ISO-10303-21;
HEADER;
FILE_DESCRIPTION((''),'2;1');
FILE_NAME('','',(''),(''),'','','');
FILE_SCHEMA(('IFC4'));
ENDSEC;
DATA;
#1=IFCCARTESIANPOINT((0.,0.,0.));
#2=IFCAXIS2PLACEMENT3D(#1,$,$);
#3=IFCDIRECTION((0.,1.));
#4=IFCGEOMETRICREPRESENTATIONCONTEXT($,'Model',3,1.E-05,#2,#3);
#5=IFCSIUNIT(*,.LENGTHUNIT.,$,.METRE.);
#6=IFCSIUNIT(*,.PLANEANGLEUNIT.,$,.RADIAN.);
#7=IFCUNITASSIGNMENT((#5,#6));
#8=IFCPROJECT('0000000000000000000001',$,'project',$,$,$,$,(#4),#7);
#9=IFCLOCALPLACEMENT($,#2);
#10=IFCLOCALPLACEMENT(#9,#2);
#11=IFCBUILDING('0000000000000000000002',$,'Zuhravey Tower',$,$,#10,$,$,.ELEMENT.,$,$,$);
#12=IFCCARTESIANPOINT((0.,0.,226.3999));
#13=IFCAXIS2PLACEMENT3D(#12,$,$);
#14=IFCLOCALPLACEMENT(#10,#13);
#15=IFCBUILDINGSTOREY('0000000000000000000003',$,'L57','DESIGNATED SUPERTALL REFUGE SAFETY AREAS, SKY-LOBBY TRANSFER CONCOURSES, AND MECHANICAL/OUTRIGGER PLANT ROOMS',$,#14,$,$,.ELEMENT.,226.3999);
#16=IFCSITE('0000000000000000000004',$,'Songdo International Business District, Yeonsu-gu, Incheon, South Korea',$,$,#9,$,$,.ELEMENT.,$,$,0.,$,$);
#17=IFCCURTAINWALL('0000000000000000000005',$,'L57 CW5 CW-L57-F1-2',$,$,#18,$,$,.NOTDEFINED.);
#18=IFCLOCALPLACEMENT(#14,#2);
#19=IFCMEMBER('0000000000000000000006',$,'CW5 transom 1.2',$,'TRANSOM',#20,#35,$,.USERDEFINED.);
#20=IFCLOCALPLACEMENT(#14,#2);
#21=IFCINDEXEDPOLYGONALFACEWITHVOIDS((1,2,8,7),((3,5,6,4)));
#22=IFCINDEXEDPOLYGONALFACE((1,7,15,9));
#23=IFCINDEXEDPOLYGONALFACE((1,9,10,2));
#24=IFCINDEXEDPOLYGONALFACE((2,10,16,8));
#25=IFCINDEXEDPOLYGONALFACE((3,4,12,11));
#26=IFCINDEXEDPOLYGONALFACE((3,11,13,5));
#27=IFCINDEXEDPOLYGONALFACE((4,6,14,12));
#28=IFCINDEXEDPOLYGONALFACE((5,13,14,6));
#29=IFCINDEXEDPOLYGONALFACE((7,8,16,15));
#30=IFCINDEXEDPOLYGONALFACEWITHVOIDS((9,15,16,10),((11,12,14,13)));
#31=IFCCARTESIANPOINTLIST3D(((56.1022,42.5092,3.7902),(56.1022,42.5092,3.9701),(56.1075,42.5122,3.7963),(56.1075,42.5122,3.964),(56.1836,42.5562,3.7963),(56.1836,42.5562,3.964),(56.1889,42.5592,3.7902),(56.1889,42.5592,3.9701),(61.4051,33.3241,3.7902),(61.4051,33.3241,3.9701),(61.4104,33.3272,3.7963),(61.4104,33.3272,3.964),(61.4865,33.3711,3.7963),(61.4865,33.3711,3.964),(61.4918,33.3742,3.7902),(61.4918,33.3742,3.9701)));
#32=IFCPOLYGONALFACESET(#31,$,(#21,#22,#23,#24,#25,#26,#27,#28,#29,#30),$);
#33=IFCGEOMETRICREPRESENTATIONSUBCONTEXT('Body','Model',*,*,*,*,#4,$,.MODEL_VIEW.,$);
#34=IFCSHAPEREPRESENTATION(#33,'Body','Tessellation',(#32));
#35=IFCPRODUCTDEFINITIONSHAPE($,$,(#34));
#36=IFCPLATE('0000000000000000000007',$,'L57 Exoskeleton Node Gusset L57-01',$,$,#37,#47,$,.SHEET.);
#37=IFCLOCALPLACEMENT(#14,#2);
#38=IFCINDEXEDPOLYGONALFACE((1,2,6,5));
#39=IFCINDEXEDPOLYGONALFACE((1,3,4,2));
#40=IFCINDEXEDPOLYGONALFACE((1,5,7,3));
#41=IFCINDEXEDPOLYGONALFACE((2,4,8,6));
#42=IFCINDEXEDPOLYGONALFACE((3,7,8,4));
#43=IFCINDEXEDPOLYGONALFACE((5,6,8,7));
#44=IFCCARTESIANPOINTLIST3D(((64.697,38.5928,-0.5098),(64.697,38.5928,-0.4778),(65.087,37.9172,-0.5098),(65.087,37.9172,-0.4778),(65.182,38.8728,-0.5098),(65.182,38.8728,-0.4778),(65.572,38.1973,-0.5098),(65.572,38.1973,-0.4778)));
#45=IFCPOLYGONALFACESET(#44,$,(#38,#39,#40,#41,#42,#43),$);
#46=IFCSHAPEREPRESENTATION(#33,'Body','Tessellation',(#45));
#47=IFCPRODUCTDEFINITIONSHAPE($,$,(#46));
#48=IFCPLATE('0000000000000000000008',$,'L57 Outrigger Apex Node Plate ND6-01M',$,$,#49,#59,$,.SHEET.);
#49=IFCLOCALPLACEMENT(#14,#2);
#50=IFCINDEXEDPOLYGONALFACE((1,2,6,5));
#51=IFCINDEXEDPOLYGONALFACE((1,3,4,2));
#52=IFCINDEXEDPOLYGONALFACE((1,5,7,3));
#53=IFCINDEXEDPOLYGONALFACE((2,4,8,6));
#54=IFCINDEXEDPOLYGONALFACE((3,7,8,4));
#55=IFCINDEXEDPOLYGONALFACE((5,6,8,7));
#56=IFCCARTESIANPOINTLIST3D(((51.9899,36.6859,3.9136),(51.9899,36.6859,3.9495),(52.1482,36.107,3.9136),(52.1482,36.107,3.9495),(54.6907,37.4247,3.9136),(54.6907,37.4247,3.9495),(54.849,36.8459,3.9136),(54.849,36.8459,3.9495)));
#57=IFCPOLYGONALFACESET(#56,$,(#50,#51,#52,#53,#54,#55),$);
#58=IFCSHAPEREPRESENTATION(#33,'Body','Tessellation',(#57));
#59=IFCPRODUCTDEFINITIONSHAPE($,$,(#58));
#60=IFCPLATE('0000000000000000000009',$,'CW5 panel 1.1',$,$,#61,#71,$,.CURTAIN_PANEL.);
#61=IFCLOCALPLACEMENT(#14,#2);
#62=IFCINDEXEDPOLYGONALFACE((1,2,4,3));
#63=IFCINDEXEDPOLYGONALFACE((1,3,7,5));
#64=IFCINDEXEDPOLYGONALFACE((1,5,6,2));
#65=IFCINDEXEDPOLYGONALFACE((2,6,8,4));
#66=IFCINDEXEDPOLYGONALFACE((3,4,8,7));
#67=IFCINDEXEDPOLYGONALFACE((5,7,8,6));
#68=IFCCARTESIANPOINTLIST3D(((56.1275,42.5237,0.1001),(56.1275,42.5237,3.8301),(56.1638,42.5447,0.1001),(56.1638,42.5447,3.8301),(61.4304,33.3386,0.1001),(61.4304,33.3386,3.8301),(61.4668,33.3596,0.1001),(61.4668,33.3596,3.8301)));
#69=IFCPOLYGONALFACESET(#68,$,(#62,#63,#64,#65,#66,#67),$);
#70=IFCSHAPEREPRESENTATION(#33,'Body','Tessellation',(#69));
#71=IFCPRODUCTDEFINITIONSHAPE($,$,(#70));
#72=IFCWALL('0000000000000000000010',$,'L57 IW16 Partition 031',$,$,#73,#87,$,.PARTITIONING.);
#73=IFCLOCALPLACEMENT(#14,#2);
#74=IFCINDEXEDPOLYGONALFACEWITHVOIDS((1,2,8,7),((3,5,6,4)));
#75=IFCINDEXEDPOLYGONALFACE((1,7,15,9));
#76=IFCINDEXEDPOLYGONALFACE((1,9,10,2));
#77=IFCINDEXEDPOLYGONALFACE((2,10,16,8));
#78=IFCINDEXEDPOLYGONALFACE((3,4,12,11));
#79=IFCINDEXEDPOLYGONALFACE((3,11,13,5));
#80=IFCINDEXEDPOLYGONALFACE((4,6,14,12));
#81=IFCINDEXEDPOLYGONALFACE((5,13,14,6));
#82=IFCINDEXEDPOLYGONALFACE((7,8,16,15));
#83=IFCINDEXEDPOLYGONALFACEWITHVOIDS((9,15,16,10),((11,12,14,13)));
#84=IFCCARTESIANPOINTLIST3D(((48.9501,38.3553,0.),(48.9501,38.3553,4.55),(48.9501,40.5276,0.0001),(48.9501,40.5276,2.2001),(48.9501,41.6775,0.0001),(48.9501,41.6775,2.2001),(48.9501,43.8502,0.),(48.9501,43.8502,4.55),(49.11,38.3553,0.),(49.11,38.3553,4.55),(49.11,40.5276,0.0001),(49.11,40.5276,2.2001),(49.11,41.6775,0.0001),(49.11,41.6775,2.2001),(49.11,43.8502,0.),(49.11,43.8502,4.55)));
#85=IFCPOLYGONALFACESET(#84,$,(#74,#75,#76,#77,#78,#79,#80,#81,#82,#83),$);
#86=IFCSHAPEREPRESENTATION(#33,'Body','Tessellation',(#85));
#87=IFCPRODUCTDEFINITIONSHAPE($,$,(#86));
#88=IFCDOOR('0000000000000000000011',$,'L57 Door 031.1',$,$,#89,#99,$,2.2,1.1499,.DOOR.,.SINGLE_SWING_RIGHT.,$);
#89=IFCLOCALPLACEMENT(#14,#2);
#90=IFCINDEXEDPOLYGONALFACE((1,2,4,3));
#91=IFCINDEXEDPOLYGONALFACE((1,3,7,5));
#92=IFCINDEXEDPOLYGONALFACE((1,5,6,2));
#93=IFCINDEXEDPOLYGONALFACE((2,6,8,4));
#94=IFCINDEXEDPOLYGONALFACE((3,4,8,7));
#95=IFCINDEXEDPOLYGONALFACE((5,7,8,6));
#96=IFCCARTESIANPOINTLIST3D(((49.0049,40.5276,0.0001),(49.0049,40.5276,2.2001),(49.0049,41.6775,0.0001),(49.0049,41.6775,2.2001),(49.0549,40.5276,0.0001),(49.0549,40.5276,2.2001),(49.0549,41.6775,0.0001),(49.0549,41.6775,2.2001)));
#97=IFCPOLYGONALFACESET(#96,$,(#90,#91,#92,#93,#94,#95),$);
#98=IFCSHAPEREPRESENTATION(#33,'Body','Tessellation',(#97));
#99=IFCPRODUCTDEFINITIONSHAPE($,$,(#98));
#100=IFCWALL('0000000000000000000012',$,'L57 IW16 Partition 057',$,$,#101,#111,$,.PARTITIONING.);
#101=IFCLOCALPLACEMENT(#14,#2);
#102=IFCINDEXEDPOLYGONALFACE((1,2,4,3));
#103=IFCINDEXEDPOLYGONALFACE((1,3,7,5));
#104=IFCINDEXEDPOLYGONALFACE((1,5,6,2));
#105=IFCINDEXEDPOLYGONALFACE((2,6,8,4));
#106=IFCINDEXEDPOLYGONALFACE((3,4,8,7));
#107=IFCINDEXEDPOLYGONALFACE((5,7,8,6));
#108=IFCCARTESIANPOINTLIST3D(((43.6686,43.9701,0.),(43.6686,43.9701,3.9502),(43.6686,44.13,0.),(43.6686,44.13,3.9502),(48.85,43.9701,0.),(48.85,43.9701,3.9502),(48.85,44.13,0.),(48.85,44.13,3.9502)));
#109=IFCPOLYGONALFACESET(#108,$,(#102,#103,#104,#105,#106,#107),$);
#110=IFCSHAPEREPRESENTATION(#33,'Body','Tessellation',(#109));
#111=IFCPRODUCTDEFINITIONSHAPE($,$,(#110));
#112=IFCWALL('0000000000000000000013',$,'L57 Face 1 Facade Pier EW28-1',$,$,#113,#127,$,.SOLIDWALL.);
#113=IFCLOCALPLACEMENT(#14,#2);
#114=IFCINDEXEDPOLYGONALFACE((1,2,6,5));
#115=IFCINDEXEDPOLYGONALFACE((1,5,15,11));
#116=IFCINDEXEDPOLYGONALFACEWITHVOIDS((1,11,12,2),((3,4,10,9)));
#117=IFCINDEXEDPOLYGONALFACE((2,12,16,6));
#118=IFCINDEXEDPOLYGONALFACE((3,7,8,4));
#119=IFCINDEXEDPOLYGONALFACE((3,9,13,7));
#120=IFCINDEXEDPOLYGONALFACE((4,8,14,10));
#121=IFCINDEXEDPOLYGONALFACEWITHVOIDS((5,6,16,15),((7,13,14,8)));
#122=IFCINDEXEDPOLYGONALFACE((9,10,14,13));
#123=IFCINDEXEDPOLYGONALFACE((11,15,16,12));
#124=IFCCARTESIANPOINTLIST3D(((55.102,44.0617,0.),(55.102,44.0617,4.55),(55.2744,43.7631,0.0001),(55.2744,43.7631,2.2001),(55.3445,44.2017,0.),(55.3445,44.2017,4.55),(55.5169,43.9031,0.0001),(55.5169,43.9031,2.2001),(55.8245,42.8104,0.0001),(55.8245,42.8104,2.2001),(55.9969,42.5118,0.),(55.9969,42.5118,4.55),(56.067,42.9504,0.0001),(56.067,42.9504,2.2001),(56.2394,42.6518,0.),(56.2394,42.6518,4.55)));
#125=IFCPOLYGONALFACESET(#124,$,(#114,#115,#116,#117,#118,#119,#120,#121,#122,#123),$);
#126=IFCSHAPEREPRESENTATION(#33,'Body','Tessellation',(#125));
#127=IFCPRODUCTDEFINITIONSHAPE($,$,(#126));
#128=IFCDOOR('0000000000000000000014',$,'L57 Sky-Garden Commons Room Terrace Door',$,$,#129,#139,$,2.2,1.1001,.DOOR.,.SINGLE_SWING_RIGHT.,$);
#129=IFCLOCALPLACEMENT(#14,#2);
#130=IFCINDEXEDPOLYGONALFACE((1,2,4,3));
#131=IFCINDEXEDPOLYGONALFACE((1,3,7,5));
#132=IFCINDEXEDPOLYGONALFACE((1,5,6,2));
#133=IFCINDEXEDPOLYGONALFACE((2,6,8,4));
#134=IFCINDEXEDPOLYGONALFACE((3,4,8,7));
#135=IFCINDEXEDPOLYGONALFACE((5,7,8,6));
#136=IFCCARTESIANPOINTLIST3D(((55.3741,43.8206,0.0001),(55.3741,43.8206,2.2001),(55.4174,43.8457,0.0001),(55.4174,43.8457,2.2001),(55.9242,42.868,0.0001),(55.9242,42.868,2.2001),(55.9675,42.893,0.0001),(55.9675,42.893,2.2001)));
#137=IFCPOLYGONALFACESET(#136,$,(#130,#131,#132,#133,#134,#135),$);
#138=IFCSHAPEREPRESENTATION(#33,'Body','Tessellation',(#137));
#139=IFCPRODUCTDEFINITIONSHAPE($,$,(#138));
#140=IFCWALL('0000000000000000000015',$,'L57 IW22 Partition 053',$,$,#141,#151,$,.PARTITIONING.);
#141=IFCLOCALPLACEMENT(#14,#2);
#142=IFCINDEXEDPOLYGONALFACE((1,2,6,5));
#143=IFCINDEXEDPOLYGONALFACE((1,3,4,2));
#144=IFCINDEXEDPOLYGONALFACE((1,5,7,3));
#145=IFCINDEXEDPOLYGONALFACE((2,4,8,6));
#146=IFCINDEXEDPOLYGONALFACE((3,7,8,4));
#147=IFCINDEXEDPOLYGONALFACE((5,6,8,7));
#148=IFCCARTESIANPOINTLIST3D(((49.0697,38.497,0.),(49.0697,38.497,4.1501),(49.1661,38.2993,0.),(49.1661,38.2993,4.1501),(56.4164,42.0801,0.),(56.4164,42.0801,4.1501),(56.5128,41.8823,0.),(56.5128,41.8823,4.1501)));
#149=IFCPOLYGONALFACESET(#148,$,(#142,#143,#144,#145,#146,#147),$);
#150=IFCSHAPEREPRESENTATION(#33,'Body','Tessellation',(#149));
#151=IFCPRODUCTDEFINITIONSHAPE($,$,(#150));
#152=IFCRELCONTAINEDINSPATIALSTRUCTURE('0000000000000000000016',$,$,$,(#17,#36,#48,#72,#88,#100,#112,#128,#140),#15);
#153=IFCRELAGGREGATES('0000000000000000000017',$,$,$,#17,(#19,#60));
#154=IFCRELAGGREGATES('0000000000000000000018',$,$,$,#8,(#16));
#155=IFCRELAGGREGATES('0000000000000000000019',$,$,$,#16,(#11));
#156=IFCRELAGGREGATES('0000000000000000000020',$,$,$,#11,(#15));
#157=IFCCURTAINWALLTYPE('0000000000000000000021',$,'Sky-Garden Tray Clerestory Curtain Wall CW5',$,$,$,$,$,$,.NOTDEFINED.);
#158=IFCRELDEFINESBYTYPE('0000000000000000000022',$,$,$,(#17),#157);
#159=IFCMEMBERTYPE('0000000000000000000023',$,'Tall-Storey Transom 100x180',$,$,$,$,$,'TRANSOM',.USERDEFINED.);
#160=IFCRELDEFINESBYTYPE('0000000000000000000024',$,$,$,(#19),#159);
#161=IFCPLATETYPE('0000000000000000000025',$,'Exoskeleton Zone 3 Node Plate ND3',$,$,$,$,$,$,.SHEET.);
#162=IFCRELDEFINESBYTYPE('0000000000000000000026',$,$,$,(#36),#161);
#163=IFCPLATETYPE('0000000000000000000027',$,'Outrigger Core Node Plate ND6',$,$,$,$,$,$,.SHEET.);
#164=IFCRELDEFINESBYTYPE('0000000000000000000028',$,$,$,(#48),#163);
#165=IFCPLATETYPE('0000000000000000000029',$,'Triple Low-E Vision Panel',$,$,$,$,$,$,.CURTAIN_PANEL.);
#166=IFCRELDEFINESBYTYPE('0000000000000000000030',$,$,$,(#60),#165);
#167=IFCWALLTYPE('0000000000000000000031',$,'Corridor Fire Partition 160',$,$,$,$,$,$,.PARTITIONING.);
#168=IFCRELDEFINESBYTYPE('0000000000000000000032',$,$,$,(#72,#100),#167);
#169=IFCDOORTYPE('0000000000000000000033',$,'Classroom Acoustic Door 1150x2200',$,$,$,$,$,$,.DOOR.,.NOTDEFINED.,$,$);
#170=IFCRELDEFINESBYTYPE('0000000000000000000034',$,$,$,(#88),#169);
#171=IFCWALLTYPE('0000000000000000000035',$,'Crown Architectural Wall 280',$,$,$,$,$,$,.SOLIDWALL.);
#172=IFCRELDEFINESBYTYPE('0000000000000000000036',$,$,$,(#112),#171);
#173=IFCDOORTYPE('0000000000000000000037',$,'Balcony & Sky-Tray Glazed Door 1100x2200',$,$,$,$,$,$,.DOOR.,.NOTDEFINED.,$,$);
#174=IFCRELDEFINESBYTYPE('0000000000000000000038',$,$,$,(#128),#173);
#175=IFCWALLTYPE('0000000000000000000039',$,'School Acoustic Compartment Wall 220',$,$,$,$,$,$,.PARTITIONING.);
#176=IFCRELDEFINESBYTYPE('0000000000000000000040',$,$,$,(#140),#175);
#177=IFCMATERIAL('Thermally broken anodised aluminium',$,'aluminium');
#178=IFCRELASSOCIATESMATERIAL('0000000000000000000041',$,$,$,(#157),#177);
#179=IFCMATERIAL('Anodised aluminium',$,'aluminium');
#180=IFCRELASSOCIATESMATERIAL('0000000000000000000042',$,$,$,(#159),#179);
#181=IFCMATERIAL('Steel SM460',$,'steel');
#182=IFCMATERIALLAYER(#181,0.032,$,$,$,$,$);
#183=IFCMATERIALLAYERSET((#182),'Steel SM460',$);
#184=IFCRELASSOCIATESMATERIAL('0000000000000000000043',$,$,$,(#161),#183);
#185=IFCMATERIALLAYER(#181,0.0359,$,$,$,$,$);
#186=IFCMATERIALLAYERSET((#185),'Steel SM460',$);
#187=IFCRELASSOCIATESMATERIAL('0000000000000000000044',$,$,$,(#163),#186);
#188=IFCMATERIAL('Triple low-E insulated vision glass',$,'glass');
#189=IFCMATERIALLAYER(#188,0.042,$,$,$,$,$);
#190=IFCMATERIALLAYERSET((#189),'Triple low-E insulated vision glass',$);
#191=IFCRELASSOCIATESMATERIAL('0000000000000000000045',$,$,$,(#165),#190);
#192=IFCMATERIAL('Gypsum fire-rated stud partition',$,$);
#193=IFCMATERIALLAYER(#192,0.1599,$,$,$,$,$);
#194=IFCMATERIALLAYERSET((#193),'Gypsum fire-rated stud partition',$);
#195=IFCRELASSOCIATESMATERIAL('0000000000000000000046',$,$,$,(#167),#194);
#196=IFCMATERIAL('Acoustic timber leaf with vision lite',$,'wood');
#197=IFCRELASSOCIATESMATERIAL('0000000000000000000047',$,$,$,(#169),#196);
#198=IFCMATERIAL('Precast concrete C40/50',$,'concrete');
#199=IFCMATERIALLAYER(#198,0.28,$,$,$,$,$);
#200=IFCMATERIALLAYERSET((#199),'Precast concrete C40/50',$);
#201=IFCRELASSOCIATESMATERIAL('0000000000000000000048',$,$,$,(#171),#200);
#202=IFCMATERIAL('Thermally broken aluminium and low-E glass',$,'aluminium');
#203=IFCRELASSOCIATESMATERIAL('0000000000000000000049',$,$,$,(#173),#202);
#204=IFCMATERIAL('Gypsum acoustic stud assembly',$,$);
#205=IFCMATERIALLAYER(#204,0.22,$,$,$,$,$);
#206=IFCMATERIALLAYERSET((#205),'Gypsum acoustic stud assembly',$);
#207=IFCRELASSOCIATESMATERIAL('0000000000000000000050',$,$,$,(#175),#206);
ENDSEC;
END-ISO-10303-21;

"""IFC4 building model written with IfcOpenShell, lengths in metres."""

from ifc_helpers import new_model, si_unit, direction, frame, frame_2d, origin, origin_2d, place, context, subcontext, project, spatial, rectangle, hollow_rectangle, extrude, material, layer, layer_set, material_profile, profile_set, type_object, element, fill, aggregate, save


model = new_model("IFC4")

# Units and contexts
model_context = context("Model", 3, precision=1e-05, world=origin(), true_north=direction((0.0, 1.0)))
body_context = subcontext(model_context, "Body", "Model", "MODEL_VIEW")
ifc_project = project(units=[si_unit("LENGTHUNIT", "METRE"), si_unit("PLANEANGLEUNIT", "RADIAN")], contexts=[model_context])

# Site, building, storey
site_placement = place(None, origin())
site = spatial("IfcSite", under=ifc_project, at=site_placement, Name="Songdo International Business District, Yeonsu-gu, Incheon, South Korea", CompositionType="ELEMENT", RefElevation=0.0)
building_placement = place(site_placement, origin())
building = spatial("IfcBuilding", under=site, at=building_placement, Name="Zuhravey Tower", CompositionType="ELEMENT")
storey_placement = place(building_placement, frame((0.0, 0.0, 226.3999)))
storey = spatial("IfcBuildingStorey", under=building, at=storey_placement, Name="L57", Description="DESIGNATED SUPERTALL REFUGE SAFETY AREAS, SKY-LOBBY TRANSFER CONCOURSES, AND MECHANICAL/OUTRIGGER PLANT ROOMS", CompositionType="ELEMENT", Elevation=226.3999)

# Shared definitions
ifc_material_1 = material(Name="Steel SM460", Category="steel")

# Curtain wall
ifc_material_2 = material(Name="Thermally broken anodised aluminium", Category="aluminium")
curtain_wall_type = type_object("IfcCurtainWallType", Name="Sky-Garden Tray Clerestory Curtain Wall CW5", PredefinedType="NOTDEFINED", material=ifc_material_2)
curtain_wall_placement = place(storey_placement, origin())
curtain_wall = element("IfcCurtainWall", 1, at=curtain_wall_placement, inside=storey, type_object=curtain_wall_type, Name="L57 CW5 CW-L57-F1-2", PredefinedType="NOTDEFINED")
ifc_material_3 = material(Name="Anodised aluminium", Category="aluminium")

# Member
ifc_material_profile_1 = material_profile(ifc_material_3, hollow_rectangle(XDim=0.1001, YDim=0.1799, WallThickness=0.0061, at=origin_2d()), Name="ALU-RHS-100x180x6")
ifc_profile_set_1 = profile_set([ifc_material_profile_1], Name="Anodised aluminium")
member_type_1 = type_object("IfcMemberType", Name="Tall-Storey Transom 100x180", ElementType="TRANSOM", PredefinedType="USERDEFINED", material=ifc_profile_set_1)
member_1_placement = place(storey_placement, frame((56.1455, 42.5342, 3.8801), z_axis=(0.499999, -0.866026, 0.0), x_axis=(0.866026, 0.499999, 0.0)))
member_1 = element("IfcMember", 2, at=member_1_placement, type_object=member_type_1, Name="CW5 transom 1.2", ObjectType="TRANSOM", PredefinedType="USERDEFINED", context=body_context, shape_type="SweptSolid", body=[
    extrude(hollow_rectangle(XDim=0.1001, YDim=0.1799, WallThickness=0.0061, at=origin_2d()), origin(), (0.0, 0.0, 1.0), 10.606),
])

# Plates
ifc_layer_1 = layer(ifc_material_1, 0.032)
ifc_layer_set_1 = layer_set([ifc_layer_1], Name="Steel SM460")
plate_type_1 = type_object("IfcPlateType", Name="Exoskeleton Zone 3 Node Plate ND3", PredefinedType="SHEET", material=ifc_layer_set_1)
plate_1_placement = place(storey_placement, frame((65.1345, 38.395, -0.5098), z_axis=(0.0, 0.0, 1.0), x_axis=(-0.5, 0.866025, 0.0)))
element("IfcPlate", 3, at=plate_1_placement, inside=storey, type_object=plate_type_1, Name="L57 Exoskeleton Node Gusset L57-01", PredefinedType="SHEET", context=body_context, shape_type="SweptSolid", body=[
    extrude(rectangle(XDim=0.78, YDim=0.5601, at=origin_2d()), origin(), (0.0, 0.0, 1.0), 0.032),
])
ifc_layer_2 = layer(ifc_material_1, 0.0359)
ifc_layer_set_2 = layer_set([ifc_layer_2], Name="Steel SM460")
plate_type_2 = type_object("IfcPlateType", Name="Outrigger Core Node Plate ND6", PredefinedType="SHEET", material=ifc_layer_set_2)
plate_2_placement = place(storey_placement, frame((53.4194, 36.7659, 3.9136), z_axis=(0.0, 0.0, 1.0), x_axis=(0.964557, 0.263873, 0.0)))
element("IfcPlate", 4, at=plate_2_placement, inside=storey, type_object=plate_type_2, Name="L57 Outrigger Apex Node Plate ND6-01M", PredefinedType="SHEET", context=body_context, shape_type="SweptSolid", body=[
    extrude(rectangle(XDim=2.8, YDim=0.6001, at=origin_2d()), origin(), (0.0, 0.0, 1.0), 0.0359),
])

# Plate
ifc_material_4 = material(Name="Triple low-E insulated vision glass", Category="glass")
ifc_layer_3 = layer(ifc_material_4, 0.042)
ifc_layer_set_3 = layer_set([ifc_layer_3], Name="Triple low-E insulated vision glass")
plate_type_3 = type_object("IfcPlateType", Name="Triple Low-E Vision Panel", PredefinedType="CURTAIN_PANEL", material=ifc_layer_set_3)
plate_3_placement = place(storey_placement, frame((58.7971, 37.9417, 0.1001), z_axis=(0.0, 0.0, 1.0), x_axis=(0.499996, -0.866028, 0.0)))
plate_3 = element("IfcPlate", 5, at=plate_3_placement, type_object=plate_type_3, Name="CW5 panel 1.1", PredefinedType="CURTAIN_PANEL", context=body_context, shape_type="SweptSolid", body=[
    extrude(rectangle(XDim=10.606, YDim=0.042, at=origin_2d()), origin(), (0.0, 0.0, 1.0), 3.73),
])
aggregate(curtain_wall, [member_1, plate_3])

# Wall, opening, door
ifc_material_5 = material(Name="Gypsum fire-rated stud partition")
ifc_layer_4 = layer(ifc_material_5, 0.1599)
ifc_layer_set_4 = layer_set([ifc_layer_4], Name="Gypsum fire-rated stud partition")
wall_type_1 = type_object("IfcWallType", Name="Corridor Fire Partition 160", PredefinedType="PARTITIONING", material=ifc_layer_set_4)
wall_1_placement = place(storey_placement, frame((49.03, 38.3552, 0.0), z_axis=(0.0, 0.0, 1.0), x_axis=(0.0, 1.0, 0.0)))
wall_1 = element("IfcWall", 6, at=wall_1_placement, inside=storey, type_object=wall_type_1, Name="L57 IW16 Partition 031", PredefinedType="PARTITIONING", context=body_context, shape_type="SweptSolid", body=[
    extrude(rectangle(XDim=5.4949, YDim=0.1599, at=frame_2d((2.7476, 0.0))), origin(), (0.0, 0.0, 1.0), 4.55),
])
opening_1_placement = place(wall_1_placement, frame((2.1724, 0.0, 0.0)))
opening_1 = element("IfcOpeningElement", 7, at=opening_1_placement, cuts=wall_1, PredefinedType="OPENING", context=body_context, shape_type="SweptSolid", body=[
    extrude(rectangle(XDim=1.1499, YDim=2.2, at=frame_2d((0.575, 1.1001))), frame((0.0, 0.092, 0.0), z_axis=(0.0, -1.0, 0.0), x_axis=(1.0, 0.0, 0.0)), (0.0, 0.0, 1.0), 0.1838),
])
ifc_material_6 = material(Name="Acoustic timber leaf with vision lite", Category="wood")
door_type_1 = type_object("IfcDoorType", Name="Classroom Acoustic Door 1150x2200", OperationType="NOTDEFINED", PredefinedType="DOOR", material=ifc_material_6)
door_1_placement = place(opening_1_placement, frame((1.1499, 0.0, 0.0), z_axis=(0.0, 0.0, 1.0), x_axis=(-1.0, 0.0, 0.0)))
door_1 = element("IfcDoor", 8, at=door_1_placement, inside=storey, type_object=door_type_1, Name="L57 Door 031.1", OperationType="SINGLE_SWING_RIGHT", OverallHeight=2.2, OverallWidth=1.1499, PredefinedType="DOOR", context=body_context, shape_type="SweptSolid", body=[
    extrude(rectangle(XDim=1.1499, YDim=2.2, at=frame_2d((0.575, 1.1001))), frame((0.0, 0.0249, 0.0), z_axis=(0.0, -1.0, 0.0), x_axis=(1.0, 0.0, 0.0)), (0.0, 0.0, 1.0), 0.05),
])
fill(opening_1, door_1)

# Wall
wall_2_placement = place(storey_placement, frame((48.8501, 44.05, 0.0), z_axis=(0.0, 0.0, 1.0), x_axis=(-1.0, 0.0, 0.0)))
element("IfcWall", 9, at=wall_2_placement, inside=storey, type_object=wall_type_1, Name="L57 IW16 Partition 057", PredefinedType="PARTITIONING", context=body_context, shape_type="SweptSolid", body=[
    extrude(rectangle(XDim=5.1814, YDim=0.1599, at=frame_2d((2.5908, 0.0))), origin(), (0.0, 0.0, 1.0), 3.9502),
])

# Wall, opening, door
ifc_material_7 = material(Name="Precast concrete C40/50", Category="concrete")
ifc_layer_5 = layer(ifc_material_7, 0.28)
ifc_layer_set_5 = layer_set([ifc_layer_5], Name="Precast concrete C40/50")
wall_type_2 = type_object("IfcWallType", Name="Crown Architectural Wall 280", PredefinedType="SOLIDWALL", material=ifc_layer_set_5)
wall_3_placement = place(storey_placement, frame((55.2231, 44.1318, 0.0), z_axis=(0.0, 0.0, 1.0), x_axis=(0.500041, -0.866002, 0.0)))
wall_3 = element("IfcWall", 10, at=wall_3_placement, inside=storey, type_object=wall_type_2, Name="L57 Face 1 Facade Pier EW28-1", PredefinedType="SOLIDWALL", context=body_context, shape_type="SweptSolid", body=[
    extrude(rectangle(XDim=1.7898, YDim=0.28, at=frame_2d((0.895, 0.0))), origin(), (0.0, 0.0, 1.0), 4.55),
])
opening_2_placement = place(wall_3_placement, frame((0.345, 0.0, 0.0)))
opening_2 = element("IfcOpeningElement", 11, at=opening_2_placement, cuts=wall_3, PredefinedType="OPENING", context=body_context, shape_type="SweptSolid", body=[
    extrude(rectangle(XDim=1.1001, YDim=2.2, at=frame_2d((0.55, 1.1001))), frame((0.0, 0.1521, 0.0), z_axis=(0.0, -1.0, 0.0), x_axis=(1.0, 0.0, 0.0)), (0.0, 0.0, 1.0), 0.304),
])
ifc_material_8 = material(Name="Thermally broken aluminium and low-E glass", Category="aluminium")
door_type_2 = type_object("IfcDoorType", Name="Balcony & Sky-Tray Glazed Door 1100x2200", OperationType="NOTDEFINED", PredefinedType="DOOR", material=ifc_material_8)
door_2_placement = place(opening_2_placement, frame((1.1001, 0.0, 0.0), z_axis=(0.0, 0.0, 1.0), x_axis=(-1.0, 0.0, 0.0)))
door_2 = element("IfcDoor", 12, at=door_2_placement, inside=storey, type_object=door_type_2, Name="L57 Sky-Garden Commons Room Terrace Door", OperationType="SINGLE_SWING_RIGHT", OverallHeight=2.2, OverallWidth=1.1001, PredefinedType="DOOR", context=body_context, shape_type="SweptSolid", body=[
    extrude(rectangle(XDim=1.1001, YDim=2.2, at=frame_2d((0.55, 1.1001))), frame((0.0, 0.0249, 0.0), z_axis=(0.0, -1.0, 0.0), x_axis=(1.0, 0.0, 0.0)), (0.0, 0.0, 1.0), 0.05),
])
fill(opening_2, door_2)

# Wall
ifc_material_9 = material(Name="Gypsum acoustic stud assembly")
ifc_layer_6 = layer(ifc_material_9, 0.22)
ifc_layer_set_6 = layer_set([ifc_layer_6], Name="Gypsum acoustic stud assembly")
wall_type_3 = type_object("IfcWallType", Name="School Acoustic Compartment Wall 220", PredefinedType="PARTITIONING", material=ifc_layer_set_6)
wall_4_placement = place(storey_placement, frame((49.1179, 38.3982, 0.0), z_axis=(0.0, 0.0, 1.0), x_axis=(0.898804, 0.438351, 0.0)))
element("IfcWall", 13, at=wall_4_placement, inside=storey, type_object=wall_type_3, Name="L57 IW22 Partition 053", PredefinedType="PARTITIONING", context=body_context, shape_type="SweptSolid", body=[
    extrude(rectangle(XDim=8.1738, YDim=0.22, at=frame_2d((4.0869, 0.0))), origin(), (0.0, 0.0, 1.0), 4.1501),
])

save(model, "model.ifc")
